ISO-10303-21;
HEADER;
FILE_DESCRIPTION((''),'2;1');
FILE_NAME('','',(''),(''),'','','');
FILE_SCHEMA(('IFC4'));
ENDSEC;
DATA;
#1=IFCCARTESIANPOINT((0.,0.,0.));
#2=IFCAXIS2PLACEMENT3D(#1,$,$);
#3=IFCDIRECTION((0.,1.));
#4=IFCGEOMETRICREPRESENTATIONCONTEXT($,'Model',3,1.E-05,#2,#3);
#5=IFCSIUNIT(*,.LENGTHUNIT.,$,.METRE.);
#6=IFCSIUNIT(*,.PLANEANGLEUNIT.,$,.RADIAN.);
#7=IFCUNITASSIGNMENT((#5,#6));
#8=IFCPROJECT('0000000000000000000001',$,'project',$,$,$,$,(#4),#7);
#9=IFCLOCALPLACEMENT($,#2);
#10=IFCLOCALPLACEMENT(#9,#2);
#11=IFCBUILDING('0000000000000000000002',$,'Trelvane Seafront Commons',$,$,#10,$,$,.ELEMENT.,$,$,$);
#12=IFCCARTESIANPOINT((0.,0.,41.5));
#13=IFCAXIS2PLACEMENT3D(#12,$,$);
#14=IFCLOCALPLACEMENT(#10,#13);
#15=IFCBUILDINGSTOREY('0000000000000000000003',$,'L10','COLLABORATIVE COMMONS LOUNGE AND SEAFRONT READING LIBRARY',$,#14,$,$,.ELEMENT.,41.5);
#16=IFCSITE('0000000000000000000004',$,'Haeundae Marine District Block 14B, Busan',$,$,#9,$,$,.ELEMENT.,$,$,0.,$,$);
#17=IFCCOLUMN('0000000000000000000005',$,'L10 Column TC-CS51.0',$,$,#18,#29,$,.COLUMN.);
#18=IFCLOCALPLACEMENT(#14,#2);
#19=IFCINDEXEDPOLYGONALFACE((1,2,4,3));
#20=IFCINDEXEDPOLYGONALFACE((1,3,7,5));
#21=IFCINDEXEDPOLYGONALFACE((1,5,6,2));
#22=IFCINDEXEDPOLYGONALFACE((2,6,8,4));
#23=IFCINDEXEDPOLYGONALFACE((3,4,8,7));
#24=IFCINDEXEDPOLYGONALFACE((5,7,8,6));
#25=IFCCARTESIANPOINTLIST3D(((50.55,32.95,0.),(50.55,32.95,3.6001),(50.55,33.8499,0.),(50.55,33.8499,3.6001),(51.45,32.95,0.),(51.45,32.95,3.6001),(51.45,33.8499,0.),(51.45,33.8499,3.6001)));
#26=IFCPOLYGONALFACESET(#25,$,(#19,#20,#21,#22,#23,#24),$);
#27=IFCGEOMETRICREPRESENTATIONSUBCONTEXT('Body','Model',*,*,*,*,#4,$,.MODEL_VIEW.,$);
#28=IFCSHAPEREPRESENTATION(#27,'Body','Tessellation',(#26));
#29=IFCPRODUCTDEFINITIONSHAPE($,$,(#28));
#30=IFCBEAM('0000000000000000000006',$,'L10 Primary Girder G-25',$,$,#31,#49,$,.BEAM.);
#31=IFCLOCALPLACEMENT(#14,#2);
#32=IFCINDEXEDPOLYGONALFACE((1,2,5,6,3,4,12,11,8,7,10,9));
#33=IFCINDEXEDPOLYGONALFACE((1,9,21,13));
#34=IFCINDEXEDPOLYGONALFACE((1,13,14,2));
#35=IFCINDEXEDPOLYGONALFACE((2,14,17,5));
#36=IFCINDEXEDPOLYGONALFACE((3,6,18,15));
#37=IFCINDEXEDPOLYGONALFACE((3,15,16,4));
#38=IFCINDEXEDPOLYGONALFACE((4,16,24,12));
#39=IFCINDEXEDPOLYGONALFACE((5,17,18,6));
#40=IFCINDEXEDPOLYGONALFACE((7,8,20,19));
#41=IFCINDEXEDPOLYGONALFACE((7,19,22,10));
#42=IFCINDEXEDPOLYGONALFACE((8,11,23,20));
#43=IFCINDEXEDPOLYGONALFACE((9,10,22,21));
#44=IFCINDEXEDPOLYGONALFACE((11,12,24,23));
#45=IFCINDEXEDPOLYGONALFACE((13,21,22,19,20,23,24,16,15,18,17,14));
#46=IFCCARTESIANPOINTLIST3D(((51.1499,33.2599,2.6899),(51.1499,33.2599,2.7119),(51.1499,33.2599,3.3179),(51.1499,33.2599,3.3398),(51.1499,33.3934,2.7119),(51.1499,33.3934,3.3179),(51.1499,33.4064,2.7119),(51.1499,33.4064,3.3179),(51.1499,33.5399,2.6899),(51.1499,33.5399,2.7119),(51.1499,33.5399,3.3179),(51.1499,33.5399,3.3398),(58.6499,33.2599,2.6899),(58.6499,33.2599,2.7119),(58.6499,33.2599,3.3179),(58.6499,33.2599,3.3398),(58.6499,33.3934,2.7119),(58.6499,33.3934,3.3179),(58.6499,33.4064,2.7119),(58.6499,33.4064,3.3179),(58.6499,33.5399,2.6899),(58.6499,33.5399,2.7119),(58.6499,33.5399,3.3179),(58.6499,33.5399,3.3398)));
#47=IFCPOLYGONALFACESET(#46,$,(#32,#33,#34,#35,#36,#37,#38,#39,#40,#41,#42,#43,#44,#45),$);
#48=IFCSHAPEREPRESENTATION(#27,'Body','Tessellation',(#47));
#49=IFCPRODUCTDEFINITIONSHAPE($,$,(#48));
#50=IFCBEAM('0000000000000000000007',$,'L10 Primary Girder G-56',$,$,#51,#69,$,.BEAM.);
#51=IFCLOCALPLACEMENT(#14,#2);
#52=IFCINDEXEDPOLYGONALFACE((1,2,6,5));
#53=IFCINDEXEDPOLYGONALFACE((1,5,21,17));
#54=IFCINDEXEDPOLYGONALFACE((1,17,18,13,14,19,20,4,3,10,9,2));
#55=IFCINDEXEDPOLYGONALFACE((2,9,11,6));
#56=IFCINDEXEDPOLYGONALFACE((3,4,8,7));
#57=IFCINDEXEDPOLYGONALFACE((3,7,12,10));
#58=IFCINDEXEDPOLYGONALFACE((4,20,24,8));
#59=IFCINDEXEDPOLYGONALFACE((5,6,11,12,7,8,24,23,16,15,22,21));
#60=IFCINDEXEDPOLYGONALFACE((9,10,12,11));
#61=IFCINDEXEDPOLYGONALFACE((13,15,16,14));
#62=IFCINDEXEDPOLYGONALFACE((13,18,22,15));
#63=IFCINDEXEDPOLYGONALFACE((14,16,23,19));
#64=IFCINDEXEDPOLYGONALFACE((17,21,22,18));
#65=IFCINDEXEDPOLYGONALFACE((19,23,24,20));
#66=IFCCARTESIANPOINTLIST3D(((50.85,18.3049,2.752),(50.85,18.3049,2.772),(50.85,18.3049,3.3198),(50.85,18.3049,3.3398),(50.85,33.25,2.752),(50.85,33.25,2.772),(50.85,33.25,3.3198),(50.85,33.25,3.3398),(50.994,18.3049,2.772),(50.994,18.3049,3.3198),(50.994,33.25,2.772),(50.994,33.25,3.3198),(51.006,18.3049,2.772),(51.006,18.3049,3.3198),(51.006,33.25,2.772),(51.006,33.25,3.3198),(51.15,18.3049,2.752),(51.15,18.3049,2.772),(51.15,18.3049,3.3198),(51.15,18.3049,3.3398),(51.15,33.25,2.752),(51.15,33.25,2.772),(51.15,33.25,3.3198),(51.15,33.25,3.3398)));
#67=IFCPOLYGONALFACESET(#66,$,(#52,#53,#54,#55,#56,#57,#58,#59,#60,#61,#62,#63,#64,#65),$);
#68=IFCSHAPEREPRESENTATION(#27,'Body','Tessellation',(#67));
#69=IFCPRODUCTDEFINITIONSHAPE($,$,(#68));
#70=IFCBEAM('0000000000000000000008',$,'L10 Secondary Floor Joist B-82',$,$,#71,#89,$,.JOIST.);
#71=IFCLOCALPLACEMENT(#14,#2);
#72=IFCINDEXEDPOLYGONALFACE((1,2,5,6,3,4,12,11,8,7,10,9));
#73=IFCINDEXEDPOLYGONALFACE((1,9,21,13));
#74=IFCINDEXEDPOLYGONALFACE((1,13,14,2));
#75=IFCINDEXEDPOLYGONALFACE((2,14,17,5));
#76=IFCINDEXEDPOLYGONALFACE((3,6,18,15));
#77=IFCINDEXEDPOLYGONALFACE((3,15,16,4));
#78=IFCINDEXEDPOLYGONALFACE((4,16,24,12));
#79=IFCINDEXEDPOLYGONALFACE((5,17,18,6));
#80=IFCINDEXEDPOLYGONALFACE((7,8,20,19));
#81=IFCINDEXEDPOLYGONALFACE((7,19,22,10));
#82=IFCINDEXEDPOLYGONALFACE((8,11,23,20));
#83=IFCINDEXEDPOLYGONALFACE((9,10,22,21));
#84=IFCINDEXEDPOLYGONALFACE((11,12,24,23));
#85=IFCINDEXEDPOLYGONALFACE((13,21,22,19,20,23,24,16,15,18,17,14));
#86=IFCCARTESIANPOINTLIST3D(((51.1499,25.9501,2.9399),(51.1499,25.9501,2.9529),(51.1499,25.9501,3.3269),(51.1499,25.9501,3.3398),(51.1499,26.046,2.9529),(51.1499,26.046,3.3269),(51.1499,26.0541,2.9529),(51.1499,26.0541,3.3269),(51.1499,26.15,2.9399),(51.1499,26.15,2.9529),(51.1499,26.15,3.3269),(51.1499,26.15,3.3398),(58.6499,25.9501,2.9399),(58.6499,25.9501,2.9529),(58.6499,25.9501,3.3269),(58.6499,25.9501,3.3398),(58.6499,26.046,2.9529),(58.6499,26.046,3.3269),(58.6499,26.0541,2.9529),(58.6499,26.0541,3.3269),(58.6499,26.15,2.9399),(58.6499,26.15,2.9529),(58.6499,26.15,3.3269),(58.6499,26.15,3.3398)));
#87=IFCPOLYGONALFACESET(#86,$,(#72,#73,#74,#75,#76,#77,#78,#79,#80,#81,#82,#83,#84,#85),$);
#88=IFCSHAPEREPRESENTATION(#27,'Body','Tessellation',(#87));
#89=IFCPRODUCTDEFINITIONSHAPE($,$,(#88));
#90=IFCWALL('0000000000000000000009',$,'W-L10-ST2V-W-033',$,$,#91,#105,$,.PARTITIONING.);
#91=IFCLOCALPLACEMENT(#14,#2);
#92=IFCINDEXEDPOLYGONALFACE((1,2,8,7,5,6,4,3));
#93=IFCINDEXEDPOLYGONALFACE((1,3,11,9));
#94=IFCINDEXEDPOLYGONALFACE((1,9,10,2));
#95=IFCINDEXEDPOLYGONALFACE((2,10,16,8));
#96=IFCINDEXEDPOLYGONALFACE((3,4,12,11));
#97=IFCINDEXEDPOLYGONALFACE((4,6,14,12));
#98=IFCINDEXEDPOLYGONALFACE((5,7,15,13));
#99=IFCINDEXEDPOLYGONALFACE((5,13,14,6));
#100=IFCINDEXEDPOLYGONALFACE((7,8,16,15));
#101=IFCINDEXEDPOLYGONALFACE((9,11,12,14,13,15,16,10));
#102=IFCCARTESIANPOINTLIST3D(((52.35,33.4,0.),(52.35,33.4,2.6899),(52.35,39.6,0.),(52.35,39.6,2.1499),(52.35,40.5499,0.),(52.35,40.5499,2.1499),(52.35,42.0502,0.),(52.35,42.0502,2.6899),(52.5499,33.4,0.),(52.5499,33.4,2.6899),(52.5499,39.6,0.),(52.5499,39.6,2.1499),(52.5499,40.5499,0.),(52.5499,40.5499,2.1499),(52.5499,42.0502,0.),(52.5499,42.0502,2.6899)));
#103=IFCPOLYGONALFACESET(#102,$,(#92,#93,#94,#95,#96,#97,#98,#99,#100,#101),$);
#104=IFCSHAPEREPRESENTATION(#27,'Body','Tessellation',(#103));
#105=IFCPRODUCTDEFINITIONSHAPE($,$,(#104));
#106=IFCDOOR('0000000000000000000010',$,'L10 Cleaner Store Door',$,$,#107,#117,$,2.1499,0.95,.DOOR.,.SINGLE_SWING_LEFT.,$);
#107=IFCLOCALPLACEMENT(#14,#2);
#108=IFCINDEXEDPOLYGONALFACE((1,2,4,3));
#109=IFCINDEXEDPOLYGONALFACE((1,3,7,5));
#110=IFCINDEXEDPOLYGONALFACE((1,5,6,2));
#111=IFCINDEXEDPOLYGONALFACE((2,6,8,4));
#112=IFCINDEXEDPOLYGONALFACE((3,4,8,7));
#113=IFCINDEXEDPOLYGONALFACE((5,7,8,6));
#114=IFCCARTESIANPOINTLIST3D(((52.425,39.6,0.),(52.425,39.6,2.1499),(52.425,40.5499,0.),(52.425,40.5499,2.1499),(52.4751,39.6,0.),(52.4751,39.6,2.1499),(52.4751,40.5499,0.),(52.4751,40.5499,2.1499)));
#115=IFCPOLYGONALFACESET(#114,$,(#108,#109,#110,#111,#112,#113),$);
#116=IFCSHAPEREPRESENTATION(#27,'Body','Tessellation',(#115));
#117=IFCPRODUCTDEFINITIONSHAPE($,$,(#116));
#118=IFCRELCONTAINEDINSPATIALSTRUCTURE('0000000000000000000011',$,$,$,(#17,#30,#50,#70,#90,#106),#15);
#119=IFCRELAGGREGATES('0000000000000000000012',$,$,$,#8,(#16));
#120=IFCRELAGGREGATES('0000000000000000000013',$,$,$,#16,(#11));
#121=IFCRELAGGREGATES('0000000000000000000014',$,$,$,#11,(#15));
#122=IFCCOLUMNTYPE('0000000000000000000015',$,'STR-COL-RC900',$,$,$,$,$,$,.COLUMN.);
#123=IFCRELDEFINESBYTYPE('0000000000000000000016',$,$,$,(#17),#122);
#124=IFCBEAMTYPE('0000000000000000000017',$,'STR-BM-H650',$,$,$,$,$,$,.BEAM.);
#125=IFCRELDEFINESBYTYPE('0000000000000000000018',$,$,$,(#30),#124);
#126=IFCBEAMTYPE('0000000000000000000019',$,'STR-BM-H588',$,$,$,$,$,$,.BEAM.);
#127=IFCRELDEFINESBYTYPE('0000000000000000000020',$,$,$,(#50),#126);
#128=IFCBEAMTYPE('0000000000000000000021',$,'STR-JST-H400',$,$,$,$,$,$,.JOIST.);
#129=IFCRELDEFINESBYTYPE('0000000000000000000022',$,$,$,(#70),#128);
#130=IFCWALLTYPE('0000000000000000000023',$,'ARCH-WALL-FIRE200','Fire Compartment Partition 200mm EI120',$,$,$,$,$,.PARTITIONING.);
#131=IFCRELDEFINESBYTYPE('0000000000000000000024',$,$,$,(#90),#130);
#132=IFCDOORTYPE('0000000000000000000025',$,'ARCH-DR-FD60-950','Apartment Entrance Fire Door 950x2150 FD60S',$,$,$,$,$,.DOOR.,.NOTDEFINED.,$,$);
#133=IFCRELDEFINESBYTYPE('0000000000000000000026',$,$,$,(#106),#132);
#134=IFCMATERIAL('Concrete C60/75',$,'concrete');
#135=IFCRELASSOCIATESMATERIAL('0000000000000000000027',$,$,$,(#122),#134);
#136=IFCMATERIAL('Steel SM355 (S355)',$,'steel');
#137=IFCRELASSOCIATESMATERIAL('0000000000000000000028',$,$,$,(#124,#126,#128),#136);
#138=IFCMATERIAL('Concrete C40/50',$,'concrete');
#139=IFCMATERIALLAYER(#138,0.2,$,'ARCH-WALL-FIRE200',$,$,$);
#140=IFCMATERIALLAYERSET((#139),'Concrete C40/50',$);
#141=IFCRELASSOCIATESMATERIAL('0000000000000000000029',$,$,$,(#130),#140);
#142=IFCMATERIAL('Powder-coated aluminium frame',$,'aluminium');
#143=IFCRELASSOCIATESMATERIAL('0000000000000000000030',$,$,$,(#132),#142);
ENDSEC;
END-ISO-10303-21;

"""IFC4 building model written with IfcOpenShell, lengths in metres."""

from ifc_helpers import new_model, si_unit, direction, frame, frame_2d, origin, origin_2d, place, context, subcontext, project, spatial, rectangle, i_section, extrude, source, transform, mapped, material, layer, layer_set, material_profile, profile_set, type_object, element, fill, save


model = new_model("IFC4")

# Units and contexts
model_context = context("Model", 3, precision=1e-05, world=origin(), true_north=direction((0.0, 1.0)))
body_context = subcontext(model_context, "Body", "Model", "MODEL_VIEW")
ifc_project = project(units=[si_unit("LENGTHUNIT", "METRE"), si_unit("PLANEANGLEUNIT", "RADIAN")], contexts=[model_context])

# Site, building, storey
site_placement = place(None, origin())
site = spatial("IfcSite", under=ifc_project, at=site_placement, Name="Haeundae Marine District Block 14B, Busan", CompositionType="ELEMENT", RefElevation=0.0)
building_placement = place(site_placement, origin())
building = spatial("IfcBuilding", under=site, at=building_placement, Name="Trelvane Seafront Commons", CompositionType="ELEMENT")
storey_placement = place(building_placement, frame((0.0, 0.0, 41.5)))
storey = spatial("IfcBuildingStorey", under=building, at=storey_placement, Name="L10", Description="COLLABORATIVE COMMONS LOUNGE AND SEAFRONT READING LIBRARY", CompositionType="ELEMENT", Elevation=41.5)

# Column
ifc_material_1 = material(Name="Concrete C60/75", Category="concrete")
ifc_material_profile_1 = material_profile(ifc_material_1, rectangle(XDim=0.8999, YDim=0.8999, at=origin_2d()), Name="RC-900x900")
ifc_profile_set_1 = profile_set([ifc_material_profile_1], Name="Concrete C60/75")
column_type = type_object("IfcColumnType", Name="STR-COL-RC900", PredefinedType="COLUMN", material=ifc_profile_set_1)
shared_shape_1 = source(origin(), body_context, "Body", "SweptSolid", [
    extrude(rectangle(XDim=0.8999, YDim=0.8999, at=origin_2d()), origin(), (0.0, 0.0, 1.0), 3.6001),
])
column_placement = place(storey_placement, frame((51.0, 33.3999, 0.0), z_axis=(0.0, 0.0, 1.0), x_axis=(1.0, 0.0, 0.0)))
element("IfcColumn", 1, at=column_placement, inside=storey, type_object=column_type, Name="L10 Column TC-CS51.0", PredefinedType="COLUMN", context=body_context, shape_type="MappedRepresentation", body=[
    mapped(shared_shape_1, transform((0.0, 0.0, 0.0), x_axis=(1.0, 0.0, 0.0), y_axis=(0.0, 1.0, 0.0), z_axis=(0.0, 0.0, 1.0), scale=1.0)),
])

# Beams
ifc_material_2 = material(Name="Steel SM355 (S355)", Category="steel")
ifc_material_profile_2 = material_profile(ifc_material_2, i_section(OverallWidth=0.28, OverallDepth=0.6499, WebThickness=0.0129, FlangeThickness=0.022, at=origin_2d()), Name="H-650x280x13x22")
ifc_profile_set_2 = profile_set([ifc_material_profile_2], Name="Steel SM355 (S355)")
beam_type_1 = type_object("IfcBeamType", Name="STR-BM-H650", PredefinedType="BEAM", material=ifc_profile_set_2)
shared_shape_2 = source(origin(), body_context, "Body", "SweptSolid", [
    extrude(i_section(OverallWidth=0.28, OverallDepth=0.6499, WebThickness=0.0129, FlangeThickness=0.022, at=origin_2d()), origin(), (0.0, 0.0, 1.0), 7.5),
])
beam_1_placement = place(storey_placement, frame((51.1499, 33.3999, 3.0149), z_axis=(1.0, 0.0, 0.0), x_axis=(0.0, 1.0, 0.0)))
element("IfcBeam", 2, at=beam_1_placement, inside=storey, type_object=beam_type_1, Name="L10 Primary Girder G-25", PredefinedType="BEAM", context=body_context, shape_type="MappedRepresentation", body=[
    mapped(shared_shape_2, transform((0.0, 0.0, 0.0), x_axis=(1.0, 0.0, 0.0), y_axis=(0.0, 1.0, 0.0), z_axis=(0.0, 0.0, 1.0), scale=1.0)),
])
ifc_material_profile_3 = material_profile(ifc_material_2, i_section(OverallWidth=0.3, OverallDepth=0.5879, WebThickness=0.012, FlangeThickness=0.02, at=origin_2d()), Name="H-588x300x12x20")
ifc_profile_set_3 = profile_set([ifc_material_profile_3], Name="Steel SM355 (S355)")
beam_type_2 = type_object("IfcBeamType", Name="STR-BM-H588", PredefinedType="BEAM", material=ifc_profile_set_3)
shared_shape_3 = source(origin(), body_context, "Body", "SweptSolid", [
    extrude(i_section(OverallWidth=0.3, OverallDepth=0.5879, WebThickness=0.012, FlangeThickness=0.02, at=origin_2d()), origin(), (0.0, 0.0, 1.0), 14.9451),
])
beam_2_placement = place(storey_placement, frame((51.0, 18.3049, 3.0459), z_axis=(0.0, 1.0, 0.0), x_axis=(-1.0, 0.0, 0.0)))
element("IfcBeam", 3, at=beam_2_placement, inside=storey, type_object=beam_type_2, Name="L10 Primary Girder G-56", PredefinedType="BEAM", context=body_context, shape_type="MappedRepresentation", body=[
    mapped(shared_shape_3, transform((0.0, 0.0, 0.0), x_axis=(1.0, 0.0, 0.0), y_axis=(0.0, 1.0, 0.0), z_axis=(0.0, 0.0, 1.0), scale=1.0)),
])
ifc_material_profile_4 = material_profile(ifc_material_2, i_section(OverallWidth=0.2, OverallDepth=0.3999, WebThickness=0.0081, FlangeThickness=0.0129, at=origin_2d()), Name="H-400x200x8x13")
ifc_profile_set_4 = profile_set([ifc_material_profile_4], Name="Steel SM355 (S355)")
beam_type_3 = type_object("IfcBeamType", Name="STR-JST-H400", PredefinedType="JOIST", material=ifc_profile_set_4)
shared_shape_4 = source(origin(), body_context, "Body", "SweptSolid", [
    extrude(i_section(OverallWidth=0.2, OverallDepth=0.3999, WebThickness=0.0081, FlangeThickness=0.0129, at=origin_2d()), origin(), (0.0, 0.0, 1.0), 7.5),
])
beam_3_placement = place(storey_placement, frame((51.1499, 26.05, 3.1399), z_axis=(1.0, 0.0, 0.0), x_axis=(0.0, 1.0, 0.0)))
element("IfcBeam", 4, at=beam_3_placement, inside=storey, type_object=beam_type_3, Name="L10 Secondary Floor Joist B-82", PredefinedType="JOIST", context=body_context, shape_type="MappedRepresentation", body=[
    mapped(shared_shape_4, transform((0.0, 0.0, 0.0), x_axis=(1.0, 0.0, 0.0), y_axis=(0.0, 1.0, 0.0), z_axis=(0.0, 0.0, 1.0), scale=1.0)),
])

# Wall, opening, door
ifc_material_3 = material(Name="Concrete C40/50", Category="concrete")
ifc_layer_1 = layer(ifc_material_3, 0.2, Name="ARCH-WALL-FIRE200")
ifc_layer_set_1 = layer_set([ifc_layer_1], Name="Concrete C40/50")
wall_type_1 = type_object("IfcWallType", Name="ARCH-WALL-FIRE200", Description="Fire Compartment Partition 200mm EI120", PredefinedType="PARTITIONING", material=ifc_layer_set_1)
wall_1_placement = place(storey_placement, frame((52.45, 33.3999, 0.0), z_axis=(0.0, 0.0, 1.0), x_axis=(0.0, 1.0, 0.0)))
wall_1 = element("IfcWall", 5, at=wall_1_placement, inside=storey, type_object=wall_type_1, Name="W-L10-ST2V-W-033", PredefinedType="PARTITIONING", context=body_context, shape_type="SweptSolid", body=[
    extrude(rectangle(XDim=8.6501, YDim=0.2, at=frame_2d((4.3252, 0.0))), origin(), (0.0, 0.0, 1.0), 2.6899),
])
opening_1_placement = place(wall_1_placement, frame((6.2, 0.0, 0.0)))
opening_1 = element("IfcOpeningElement", 6, at=opening_1_placement, cuts=wall_1, PredefinedType="OPENING", context=body_context, shape_type="SweptSolid", body=[
    extrude(rectangle(XDim=0.95, YDim=2.1499, at=frame_2d((0.4751, 1.075))), frame((0.0, 0.1099, 0.0), z_axis=(0.0, -1.0, 0.0), x_axis=(1.0, 0.0, 0.0)), (0.0, 0.0, 1.0), 0.22),
])
ifc_material_4 = material(Name="Powder-coated aluminium frame", Category="aluminium")
door_type_1 = type_object("IfcDoorType", Name="ARCH-DR-FD60-950", Description="Apartment Entrance Fire Door 950x2150 FD60S", OperationType="NOTDEFINED", PredefinedType="DOOR", material=ifc_material_4)
shared_shape_5 = source(origin(), body_context, "Body", "SweptSolid", [
    extrude(rectangle(XDim=0.95, YDim=2.1499, at=frame_2d((0.4751, 1.075))), frame((0.0, 0.0249, 0.0), z_axis=(0.0, -1.0, 0.0), x_axis=(1.0, 0.0, 0.0)), (0.0, 0.0, 1.0), 0.05),
])
door_1_placement = place(opening_1_placement, origin())
door_1 = element("IfcDoor", 7, at=door_1_placement, inside=storey, type_object=door_type_1, Name="L10 Cleaner Store Door", OperationType="SINGLE_SWING_LEFT", OverallHeight=2.1499, OverallWidth=0.95, PredefinedType="DOOR", context=body_context, shape_type="MappedRepresentation", body=[
    mapped(shared_shape_5, transform((0.0, 0.0, 0.0), x_axis=(1.0, 0.0, 0.0), y_axis=(0.0, 1.0, 0.0), z_axis=(0.0, 0.0, 1.0), scale=1.0)),
])
fill(opening_1, door_1)

save(model, "model.ifc")
